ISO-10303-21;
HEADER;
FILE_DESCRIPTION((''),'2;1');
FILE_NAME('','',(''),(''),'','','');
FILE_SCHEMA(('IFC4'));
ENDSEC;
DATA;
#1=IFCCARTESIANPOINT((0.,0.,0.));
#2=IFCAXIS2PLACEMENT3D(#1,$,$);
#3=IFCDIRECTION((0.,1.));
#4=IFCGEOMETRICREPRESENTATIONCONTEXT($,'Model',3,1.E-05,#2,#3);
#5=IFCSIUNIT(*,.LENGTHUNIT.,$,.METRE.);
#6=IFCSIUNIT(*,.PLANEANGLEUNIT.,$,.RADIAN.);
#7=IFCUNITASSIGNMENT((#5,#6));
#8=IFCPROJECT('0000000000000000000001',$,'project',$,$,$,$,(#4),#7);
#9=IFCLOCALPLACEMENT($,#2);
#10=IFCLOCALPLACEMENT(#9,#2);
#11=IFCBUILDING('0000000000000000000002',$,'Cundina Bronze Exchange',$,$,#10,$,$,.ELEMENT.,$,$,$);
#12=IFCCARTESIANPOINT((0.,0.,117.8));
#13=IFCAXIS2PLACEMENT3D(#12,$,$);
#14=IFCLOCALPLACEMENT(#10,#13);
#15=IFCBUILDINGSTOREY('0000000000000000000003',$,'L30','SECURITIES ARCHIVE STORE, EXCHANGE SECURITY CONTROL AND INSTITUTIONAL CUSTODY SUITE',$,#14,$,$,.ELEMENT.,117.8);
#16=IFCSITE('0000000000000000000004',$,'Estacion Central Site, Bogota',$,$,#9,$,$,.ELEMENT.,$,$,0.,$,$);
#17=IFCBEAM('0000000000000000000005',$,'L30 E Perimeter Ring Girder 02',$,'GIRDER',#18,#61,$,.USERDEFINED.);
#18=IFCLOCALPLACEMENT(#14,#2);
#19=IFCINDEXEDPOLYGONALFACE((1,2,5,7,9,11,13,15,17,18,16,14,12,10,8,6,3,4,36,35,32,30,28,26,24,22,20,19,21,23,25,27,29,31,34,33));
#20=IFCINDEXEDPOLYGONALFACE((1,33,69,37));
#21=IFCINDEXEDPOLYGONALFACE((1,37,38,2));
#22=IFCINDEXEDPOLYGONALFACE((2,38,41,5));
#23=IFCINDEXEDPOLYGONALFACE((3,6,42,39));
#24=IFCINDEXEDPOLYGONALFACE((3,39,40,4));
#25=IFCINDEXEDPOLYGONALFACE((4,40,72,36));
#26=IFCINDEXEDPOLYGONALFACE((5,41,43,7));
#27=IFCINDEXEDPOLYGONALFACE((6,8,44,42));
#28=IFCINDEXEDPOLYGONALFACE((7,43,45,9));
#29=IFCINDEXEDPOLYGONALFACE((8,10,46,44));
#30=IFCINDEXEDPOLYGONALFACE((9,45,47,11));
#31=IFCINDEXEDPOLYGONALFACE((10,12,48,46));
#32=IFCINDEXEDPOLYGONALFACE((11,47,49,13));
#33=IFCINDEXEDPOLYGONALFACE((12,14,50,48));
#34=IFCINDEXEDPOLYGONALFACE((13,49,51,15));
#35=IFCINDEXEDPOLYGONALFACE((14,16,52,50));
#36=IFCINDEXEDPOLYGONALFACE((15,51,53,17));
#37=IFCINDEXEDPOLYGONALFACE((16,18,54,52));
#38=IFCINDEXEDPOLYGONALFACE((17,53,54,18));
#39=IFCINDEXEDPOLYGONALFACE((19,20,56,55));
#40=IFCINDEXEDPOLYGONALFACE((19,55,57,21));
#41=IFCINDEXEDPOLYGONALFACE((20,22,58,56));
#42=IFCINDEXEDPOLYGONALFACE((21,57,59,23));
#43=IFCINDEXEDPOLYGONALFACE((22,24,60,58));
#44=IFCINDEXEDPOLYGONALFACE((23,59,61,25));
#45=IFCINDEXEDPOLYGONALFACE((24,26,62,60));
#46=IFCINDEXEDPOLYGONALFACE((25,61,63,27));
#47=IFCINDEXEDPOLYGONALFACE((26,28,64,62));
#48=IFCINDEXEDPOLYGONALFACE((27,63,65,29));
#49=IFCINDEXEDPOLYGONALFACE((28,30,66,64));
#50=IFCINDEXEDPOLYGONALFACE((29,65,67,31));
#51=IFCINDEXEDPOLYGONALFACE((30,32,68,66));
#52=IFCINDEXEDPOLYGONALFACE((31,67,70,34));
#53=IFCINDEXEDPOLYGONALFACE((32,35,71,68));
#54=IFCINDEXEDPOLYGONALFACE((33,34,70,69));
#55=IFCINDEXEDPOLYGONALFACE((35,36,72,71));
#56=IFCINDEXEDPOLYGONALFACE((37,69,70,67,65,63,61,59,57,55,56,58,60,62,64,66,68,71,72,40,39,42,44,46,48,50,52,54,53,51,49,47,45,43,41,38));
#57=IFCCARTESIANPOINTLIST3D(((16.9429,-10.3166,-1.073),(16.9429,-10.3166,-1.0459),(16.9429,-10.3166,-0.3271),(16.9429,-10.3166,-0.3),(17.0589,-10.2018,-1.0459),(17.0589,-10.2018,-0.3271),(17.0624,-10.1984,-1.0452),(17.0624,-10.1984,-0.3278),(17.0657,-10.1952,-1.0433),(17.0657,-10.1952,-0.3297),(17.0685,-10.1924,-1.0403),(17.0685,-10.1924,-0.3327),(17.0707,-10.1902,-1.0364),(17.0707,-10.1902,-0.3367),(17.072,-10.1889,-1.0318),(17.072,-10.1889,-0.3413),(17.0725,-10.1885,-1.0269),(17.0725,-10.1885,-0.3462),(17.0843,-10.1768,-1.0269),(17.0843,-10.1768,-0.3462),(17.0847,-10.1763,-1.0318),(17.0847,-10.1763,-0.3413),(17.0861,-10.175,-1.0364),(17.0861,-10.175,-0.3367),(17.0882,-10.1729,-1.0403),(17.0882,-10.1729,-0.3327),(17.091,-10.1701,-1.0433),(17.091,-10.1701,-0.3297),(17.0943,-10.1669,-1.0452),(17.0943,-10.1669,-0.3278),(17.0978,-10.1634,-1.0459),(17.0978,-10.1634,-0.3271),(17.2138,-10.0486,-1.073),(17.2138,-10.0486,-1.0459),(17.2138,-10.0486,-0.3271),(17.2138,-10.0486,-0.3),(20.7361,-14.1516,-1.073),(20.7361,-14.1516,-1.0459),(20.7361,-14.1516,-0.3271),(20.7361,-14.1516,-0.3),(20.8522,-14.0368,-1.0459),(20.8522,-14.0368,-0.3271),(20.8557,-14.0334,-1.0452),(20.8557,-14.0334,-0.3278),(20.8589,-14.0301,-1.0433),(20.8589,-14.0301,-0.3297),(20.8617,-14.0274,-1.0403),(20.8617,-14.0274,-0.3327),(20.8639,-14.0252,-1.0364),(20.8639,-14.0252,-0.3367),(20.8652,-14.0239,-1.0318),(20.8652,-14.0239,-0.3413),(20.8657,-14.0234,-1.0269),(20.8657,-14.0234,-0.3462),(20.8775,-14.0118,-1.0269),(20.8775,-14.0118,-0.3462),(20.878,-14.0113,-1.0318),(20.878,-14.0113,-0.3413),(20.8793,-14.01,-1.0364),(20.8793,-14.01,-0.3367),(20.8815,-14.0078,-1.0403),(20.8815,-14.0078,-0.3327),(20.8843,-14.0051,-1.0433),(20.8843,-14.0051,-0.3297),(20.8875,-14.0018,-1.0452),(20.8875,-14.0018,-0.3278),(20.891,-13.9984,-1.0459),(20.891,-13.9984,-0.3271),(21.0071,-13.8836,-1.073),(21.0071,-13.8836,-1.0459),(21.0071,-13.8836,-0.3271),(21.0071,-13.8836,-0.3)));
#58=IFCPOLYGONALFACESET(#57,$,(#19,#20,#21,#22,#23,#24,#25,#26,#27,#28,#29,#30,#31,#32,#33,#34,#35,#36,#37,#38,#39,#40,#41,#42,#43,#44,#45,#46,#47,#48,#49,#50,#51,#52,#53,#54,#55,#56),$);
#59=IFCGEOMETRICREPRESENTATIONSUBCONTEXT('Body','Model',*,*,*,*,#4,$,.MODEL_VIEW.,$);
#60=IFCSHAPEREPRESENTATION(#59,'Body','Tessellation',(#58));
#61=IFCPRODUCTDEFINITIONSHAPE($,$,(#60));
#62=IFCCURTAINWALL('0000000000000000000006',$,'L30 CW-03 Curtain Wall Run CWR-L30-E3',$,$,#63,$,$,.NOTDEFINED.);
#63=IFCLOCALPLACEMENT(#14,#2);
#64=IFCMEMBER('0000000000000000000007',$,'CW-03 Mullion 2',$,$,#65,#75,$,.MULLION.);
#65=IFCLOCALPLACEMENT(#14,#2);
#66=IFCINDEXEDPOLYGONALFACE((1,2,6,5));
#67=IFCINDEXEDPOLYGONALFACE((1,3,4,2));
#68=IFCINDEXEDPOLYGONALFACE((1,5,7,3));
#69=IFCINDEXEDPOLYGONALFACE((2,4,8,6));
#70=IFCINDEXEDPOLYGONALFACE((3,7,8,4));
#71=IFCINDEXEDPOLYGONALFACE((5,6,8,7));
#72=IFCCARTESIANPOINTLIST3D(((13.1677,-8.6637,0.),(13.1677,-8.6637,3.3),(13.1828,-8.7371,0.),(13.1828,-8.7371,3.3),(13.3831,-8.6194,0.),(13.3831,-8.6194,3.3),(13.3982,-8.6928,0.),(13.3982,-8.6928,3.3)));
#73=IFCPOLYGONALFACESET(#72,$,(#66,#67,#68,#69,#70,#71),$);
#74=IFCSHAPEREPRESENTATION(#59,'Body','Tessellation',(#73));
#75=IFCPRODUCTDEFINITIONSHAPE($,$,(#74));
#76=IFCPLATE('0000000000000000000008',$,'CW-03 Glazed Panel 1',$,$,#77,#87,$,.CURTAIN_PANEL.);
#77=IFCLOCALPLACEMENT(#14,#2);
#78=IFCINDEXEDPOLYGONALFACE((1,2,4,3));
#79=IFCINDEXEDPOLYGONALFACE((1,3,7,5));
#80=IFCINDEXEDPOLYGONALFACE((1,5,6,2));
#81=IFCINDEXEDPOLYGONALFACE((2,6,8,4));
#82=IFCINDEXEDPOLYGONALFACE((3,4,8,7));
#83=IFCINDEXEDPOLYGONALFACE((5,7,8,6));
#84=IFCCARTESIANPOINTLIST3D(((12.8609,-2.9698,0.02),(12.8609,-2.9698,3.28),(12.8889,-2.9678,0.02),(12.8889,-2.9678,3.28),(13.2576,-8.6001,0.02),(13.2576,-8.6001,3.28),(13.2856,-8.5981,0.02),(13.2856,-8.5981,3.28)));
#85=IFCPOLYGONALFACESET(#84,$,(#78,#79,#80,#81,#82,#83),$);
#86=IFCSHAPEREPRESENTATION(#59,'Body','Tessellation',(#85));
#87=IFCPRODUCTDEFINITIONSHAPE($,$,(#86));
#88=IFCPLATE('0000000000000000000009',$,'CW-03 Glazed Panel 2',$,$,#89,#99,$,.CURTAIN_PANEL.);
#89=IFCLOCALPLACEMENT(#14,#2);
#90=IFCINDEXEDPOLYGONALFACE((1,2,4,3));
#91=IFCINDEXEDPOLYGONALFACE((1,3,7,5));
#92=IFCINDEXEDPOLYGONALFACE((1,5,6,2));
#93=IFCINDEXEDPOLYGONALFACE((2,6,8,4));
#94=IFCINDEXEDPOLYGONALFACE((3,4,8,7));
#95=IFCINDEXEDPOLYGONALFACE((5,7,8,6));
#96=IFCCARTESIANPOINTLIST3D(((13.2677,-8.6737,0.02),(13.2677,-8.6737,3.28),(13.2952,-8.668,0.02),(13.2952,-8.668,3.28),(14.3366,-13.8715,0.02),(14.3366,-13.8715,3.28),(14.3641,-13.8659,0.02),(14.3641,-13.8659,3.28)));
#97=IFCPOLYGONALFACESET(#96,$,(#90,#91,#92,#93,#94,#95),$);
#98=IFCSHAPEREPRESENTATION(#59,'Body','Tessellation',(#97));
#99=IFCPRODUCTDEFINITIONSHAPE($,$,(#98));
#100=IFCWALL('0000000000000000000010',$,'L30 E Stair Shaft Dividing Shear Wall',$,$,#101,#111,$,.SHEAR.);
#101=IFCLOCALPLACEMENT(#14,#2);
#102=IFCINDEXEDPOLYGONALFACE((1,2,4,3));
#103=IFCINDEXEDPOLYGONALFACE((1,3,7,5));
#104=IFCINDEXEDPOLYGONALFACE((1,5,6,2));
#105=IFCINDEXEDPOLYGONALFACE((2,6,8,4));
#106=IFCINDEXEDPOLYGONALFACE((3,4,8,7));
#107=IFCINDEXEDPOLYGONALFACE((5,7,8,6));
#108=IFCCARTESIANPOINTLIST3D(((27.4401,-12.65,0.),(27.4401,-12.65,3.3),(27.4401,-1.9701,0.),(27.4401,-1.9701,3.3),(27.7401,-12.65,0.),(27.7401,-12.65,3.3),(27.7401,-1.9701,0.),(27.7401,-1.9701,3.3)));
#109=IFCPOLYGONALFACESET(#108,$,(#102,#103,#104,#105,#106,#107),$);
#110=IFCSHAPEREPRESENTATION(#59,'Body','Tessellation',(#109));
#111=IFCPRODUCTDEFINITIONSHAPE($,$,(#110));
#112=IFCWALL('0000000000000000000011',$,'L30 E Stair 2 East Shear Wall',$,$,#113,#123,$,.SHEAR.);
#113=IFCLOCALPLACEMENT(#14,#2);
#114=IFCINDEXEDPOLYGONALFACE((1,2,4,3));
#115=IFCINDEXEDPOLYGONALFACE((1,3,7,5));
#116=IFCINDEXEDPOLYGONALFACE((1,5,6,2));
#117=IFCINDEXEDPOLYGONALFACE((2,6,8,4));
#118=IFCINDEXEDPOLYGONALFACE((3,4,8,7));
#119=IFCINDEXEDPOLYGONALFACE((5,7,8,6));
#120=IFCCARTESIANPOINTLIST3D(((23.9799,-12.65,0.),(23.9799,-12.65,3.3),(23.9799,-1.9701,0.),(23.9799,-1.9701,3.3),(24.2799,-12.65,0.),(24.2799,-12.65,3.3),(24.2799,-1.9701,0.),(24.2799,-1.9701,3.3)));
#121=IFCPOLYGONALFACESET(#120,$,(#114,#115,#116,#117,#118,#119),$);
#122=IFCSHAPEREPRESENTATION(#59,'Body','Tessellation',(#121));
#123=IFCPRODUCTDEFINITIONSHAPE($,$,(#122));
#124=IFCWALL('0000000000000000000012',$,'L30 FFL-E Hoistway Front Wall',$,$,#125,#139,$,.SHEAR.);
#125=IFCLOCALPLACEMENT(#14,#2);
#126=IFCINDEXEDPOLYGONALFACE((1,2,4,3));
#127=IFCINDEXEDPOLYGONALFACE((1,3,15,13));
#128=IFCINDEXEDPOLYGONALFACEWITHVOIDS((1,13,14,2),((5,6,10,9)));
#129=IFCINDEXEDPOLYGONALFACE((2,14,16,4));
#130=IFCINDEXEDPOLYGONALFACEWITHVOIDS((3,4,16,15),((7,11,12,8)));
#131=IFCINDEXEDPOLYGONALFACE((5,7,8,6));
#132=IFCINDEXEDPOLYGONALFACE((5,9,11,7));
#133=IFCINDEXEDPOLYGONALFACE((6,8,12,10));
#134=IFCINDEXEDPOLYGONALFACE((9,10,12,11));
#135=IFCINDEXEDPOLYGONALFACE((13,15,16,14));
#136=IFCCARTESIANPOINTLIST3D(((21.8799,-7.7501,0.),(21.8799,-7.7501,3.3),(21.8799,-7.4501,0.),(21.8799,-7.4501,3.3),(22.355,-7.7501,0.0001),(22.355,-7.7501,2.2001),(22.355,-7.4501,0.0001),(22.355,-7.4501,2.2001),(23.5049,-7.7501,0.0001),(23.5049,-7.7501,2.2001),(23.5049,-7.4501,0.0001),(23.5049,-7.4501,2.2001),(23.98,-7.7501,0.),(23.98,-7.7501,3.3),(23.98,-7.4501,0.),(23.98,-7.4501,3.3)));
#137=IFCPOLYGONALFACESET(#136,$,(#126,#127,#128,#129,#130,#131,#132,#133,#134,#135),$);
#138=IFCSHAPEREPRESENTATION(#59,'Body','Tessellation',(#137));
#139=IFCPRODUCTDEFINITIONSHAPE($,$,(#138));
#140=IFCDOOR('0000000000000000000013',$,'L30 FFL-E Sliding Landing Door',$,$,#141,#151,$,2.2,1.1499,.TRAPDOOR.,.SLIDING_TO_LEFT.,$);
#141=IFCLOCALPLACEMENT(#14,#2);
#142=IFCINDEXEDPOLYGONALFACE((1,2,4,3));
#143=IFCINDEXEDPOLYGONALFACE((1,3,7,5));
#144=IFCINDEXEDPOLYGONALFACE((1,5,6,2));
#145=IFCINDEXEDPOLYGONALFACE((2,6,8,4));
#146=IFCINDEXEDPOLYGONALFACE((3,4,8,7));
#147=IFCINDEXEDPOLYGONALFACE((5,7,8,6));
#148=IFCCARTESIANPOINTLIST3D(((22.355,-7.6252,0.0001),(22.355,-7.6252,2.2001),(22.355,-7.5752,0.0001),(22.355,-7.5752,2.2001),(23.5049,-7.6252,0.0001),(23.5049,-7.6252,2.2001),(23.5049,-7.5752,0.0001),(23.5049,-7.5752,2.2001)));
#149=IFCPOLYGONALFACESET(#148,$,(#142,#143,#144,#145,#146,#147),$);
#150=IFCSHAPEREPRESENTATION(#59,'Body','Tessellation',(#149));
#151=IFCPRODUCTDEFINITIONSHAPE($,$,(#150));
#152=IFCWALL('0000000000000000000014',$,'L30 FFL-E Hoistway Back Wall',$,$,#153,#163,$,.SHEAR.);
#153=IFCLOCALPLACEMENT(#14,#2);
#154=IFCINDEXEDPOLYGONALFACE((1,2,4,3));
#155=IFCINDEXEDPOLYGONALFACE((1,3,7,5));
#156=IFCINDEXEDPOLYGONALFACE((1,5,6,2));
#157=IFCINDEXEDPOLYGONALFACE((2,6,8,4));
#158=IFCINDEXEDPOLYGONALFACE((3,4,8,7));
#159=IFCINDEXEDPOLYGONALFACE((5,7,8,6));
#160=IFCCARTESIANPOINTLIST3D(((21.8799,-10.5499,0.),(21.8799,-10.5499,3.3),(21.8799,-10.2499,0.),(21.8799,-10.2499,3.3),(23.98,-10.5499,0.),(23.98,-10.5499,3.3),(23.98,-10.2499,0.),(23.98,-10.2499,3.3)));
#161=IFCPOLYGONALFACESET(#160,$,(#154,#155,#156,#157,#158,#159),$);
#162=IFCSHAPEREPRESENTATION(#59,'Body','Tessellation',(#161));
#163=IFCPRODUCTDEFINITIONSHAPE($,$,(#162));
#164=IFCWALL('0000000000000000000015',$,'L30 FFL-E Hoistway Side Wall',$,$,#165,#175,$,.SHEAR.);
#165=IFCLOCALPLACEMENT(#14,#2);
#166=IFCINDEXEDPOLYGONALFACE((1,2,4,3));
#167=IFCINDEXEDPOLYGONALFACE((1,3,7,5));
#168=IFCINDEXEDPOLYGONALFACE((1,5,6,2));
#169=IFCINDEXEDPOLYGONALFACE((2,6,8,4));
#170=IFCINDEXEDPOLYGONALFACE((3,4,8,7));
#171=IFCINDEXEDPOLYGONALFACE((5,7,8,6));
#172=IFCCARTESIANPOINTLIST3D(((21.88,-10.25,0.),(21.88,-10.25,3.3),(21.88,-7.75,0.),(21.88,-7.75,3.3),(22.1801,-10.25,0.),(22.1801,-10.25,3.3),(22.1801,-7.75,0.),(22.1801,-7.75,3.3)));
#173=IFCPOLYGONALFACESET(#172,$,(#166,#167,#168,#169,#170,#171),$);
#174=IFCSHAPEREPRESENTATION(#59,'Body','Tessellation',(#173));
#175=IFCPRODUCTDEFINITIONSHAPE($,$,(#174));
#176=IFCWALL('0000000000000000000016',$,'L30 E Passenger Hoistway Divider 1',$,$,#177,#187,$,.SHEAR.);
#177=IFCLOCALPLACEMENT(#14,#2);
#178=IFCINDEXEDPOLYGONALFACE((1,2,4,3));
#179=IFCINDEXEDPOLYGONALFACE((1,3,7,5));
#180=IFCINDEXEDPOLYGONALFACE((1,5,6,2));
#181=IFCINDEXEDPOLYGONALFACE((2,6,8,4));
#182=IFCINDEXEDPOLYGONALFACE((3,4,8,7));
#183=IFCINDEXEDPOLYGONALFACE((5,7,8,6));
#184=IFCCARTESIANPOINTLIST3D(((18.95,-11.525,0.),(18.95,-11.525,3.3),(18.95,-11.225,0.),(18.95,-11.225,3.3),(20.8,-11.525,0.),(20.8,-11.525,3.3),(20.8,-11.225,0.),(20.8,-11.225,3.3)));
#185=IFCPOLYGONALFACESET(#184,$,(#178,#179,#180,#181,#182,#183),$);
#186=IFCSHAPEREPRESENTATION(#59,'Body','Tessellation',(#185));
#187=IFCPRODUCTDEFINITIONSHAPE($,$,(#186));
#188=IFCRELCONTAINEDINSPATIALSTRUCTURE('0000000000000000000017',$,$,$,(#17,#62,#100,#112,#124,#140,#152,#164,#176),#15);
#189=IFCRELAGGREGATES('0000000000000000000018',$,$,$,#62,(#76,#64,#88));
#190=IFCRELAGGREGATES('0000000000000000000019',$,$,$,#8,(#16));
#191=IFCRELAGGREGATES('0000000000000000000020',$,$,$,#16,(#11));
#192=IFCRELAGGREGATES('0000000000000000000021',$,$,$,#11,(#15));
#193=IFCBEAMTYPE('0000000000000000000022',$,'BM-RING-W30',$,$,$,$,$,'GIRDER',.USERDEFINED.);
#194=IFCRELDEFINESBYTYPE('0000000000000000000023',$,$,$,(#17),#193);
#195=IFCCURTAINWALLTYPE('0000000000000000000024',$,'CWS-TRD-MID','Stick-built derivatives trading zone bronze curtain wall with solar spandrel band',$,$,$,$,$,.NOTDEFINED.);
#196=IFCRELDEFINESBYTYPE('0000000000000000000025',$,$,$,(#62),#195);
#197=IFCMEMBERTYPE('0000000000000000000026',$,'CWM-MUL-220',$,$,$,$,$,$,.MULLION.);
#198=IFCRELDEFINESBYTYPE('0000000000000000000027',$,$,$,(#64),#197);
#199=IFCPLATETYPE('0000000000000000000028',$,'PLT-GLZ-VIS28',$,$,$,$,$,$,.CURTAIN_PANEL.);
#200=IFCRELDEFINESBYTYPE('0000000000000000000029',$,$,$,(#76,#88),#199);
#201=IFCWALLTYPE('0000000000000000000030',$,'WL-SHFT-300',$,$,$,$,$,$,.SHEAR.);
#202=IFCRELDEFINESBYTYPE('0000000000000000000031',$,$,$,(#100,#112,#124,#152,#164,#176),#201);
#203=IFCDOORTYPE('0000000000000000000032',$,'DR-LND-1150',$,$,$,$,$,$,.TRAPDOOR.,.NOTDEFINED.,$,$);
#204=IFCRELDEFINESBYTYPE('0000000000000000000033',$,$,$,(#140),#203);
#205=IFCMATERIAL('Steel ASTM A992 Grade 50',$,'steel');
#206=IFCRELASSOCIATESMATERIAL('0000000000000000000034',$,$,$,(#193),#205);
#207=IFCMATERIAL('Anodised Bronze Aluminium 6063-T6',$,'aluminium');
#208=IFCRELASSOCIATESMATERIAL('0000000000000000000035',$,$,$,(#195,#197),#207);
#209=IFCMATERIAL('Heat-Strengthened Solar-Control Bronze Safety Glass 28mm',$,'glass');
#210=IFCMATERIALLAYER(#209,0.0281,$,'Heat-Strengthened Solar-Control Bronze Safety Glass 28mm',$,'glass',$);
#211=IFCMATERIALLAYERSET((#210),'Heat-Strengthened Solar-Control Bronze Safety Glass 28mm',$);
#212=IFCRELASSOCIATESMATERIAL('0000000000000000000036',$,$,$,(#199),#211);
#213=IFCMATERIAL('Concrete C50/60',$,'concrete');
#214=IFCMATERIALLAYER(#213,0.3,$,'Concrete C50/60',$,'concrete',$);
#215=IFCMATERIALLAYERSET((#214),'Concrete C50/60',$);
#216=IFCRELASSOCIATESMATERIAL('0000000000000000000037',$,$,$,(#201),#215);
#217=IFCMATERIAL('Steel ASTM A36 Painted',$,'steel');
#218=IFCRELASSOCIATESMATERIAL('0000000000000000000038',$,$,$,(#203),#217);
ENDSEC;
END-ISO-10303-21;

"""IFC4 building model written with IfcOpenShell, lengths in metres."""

from ifc_helpers import new_model, si_unit, direction, frame, frame_2d, origin, origin_2d, place, context, subcontext, project, spatial, rectangle, i_section, extrude, material, layer, layer_set, material_profile, profile_set, type_object, element, fill, aggregate, save


model = new_model("IFC4")

# Units and contexts
model_context = context("Model", 3, precision=1e-05, world=origin(), true_north=direction((0.0, 1.0)))
body_context = subcontext(model_context, "Body", "Model", "MODEL_VIEW")
ifc_project = project(units=[si_unit("LENGTHUNIT", "METRE"), si_unit("PLANEANGLEUNIT", "RADIAN")], contexts=[model_context])

# Site, building, storey
site_placement = place(None, origin())
site = spatial("IfcSite", under=ifc_project, at=site_placement, Name="Estacion Central Site, Bogota", CompositionType="ELEMENT", RefElevation=0.0)
building_placement = place(site_placement, origin())
building = spatial("IfcBuilding", under=site, at=building_placement, Name="Cundina Bronze Exchange", CompositionType="ELEMENT")
storey_placement = place(building_placement, frame((0.0, 0.0, 117.8)))
storey = spatial("IfcBuildingStorey", under=building, at=storey_placement, Name="L30", Description="SECURITIES ARCHIVE STORE, EXCHANGE SECURITY CONTROL AND INSTITUTIONAL CUSTODY SUITE", CompositionType="ELEMENT", Elevation=117.8)

# Beam
ifc_material_1 = material(Name="Steel ASTM A992 Grade 50", Category="steel")
ifc_material_profile_1 = material_profile(ifc_material_1, i_section(OverallWidth=0.3811, OverallDepth=0.7729, WebThickness=0.0166, FlangeThickness=0.0271, FilletRadius=0.019, at=origin_2d()), Name="W30X173", Category="steel")
ifc_profile_set_1 = profile_set([ifc_material_profile_1], Name="Steel ASTM A992 Grade 50")
beam_type_1 = type_object("IfcBeamType", Name="BM-RING-W30", ElementType="GIRDER", PredefinedType="USERDEFINED", material=ifc_profile_set_1)
beam_1_placement = place(storey_placement, frame((17.0784, -10.1826, -0.6865), z_axis=(0.703226, -0.710966, 0.0), x_axis=(0.710966, 0.703226, 0.0)))
element("IfcBeam", 1, at=beam_1_placement, inside=storey, type_object=beam_type_1, Name="L30 E Perimeter Ring Girder 02", ObjectType="GIRDER", PredefinedType="USERDEFINED", context=body_context, shape_type="SweptSolid", body=[
    extrude(i_section(OverallWidth=0.3811, OverallDepth=0.7729, WebThickness=0.0166, FlangeThickness=0.0271, FilletRadius=0.019, at=origin_2d()), origin(), (0.0, 0.0, 1.0), 5.394),
])

# Curtain wall, member, plates
ifc_material_2 = material(Name="Anodised Bronze Aluminium 6063-T6", Category="aluminium")
curtain_wall_type = type_object("IfcCurtainWallType", Name="CWS-TRD-MID", Description="Stick-built derivatives trading zone bronze curtain wall with solar spandrel band", PredefinedType="NOTDEFINED", material=ifc_material_2)
curtain_wall_placement = place(storey_placement, origin())
curtain_wall = element("IfcCurtainWall", 2, at=curtain_wall_placement, inside=storey, type_object=curtain_wall_type, Name="L30 CW-03 Curtain Wall Run CWR-L30-E3", PredefinedType="NOTDEFINED")
ifc_material_profile_2 = material_profile(ifc_material_2, rectangle(XDim=0.075, YDim=0.22, at=origin_2d()), Name="AL75X220", Category="aluminium")
ifc_profile_set_2 = profile_set([ifc_material_profile_2], Name="Anodised Bronze Aluminium 6063-T6")
member_type = type_object("IfcMemberType", Name="CWM-MUL-220", PredefinedType="MULLION", material=ifc_profile_set_2)
member_placement = place(storey_placement, frame((13.283, -8.6782, 0.0), z_axis=(0.0, 0.0, 1.0), x_axis=(0.20142, -0.979505, 0.0)))
member = element("IfcMember", 3, at=member_placement, type_object=member_type, Name="CW-03 Mullion 2", PredefinedType="MULLION", context=body_context, shape_type="SweptSolid", body=[
    extrude(rectangle(XDim=0.075, YDim=0.22, at=origin_2d()), origin(), (0.0, 0.0, 1.0), 3.3),
])
ifc_material_3 = material(Name="Heat-Strengthened Solar-Control Bronze Safety Glass 28mm", Category="glass")
ifc_layer_1 = layer(ifc_material_3, 0.0281, Name="Heat-Strengthened Solar-Control Bronze Safety Glass 28mm", Category="glass")
ifc_layer_set_1 = layer_set([ifc_layer_1], Name="Heat-Strengthened Solar-Control Bronze Safety Glass 28mm")
plate_type = type_object("IfcPlateType", Name="PLT-GLZ-VIS28", PredefinedType="CURTAIN_PANEL", material=ifc_layer_set_1)
plate_1_placement = place(storey_placement, frame((13.0732, -5.7839, 0.02), z_axis=(0.0, 0.0, 1.0), x_axis=(0.070279, -0.997527, 0.0)))
plate_1 = element("IfcPlate", 4, at=plate_1_placement, type_object=plate_type, Name="CW-03 Glazed Panel 1", PredefinedType="CURTAIN_PANEL", context=body_context, shape_type="SweptSolid", body=[
    extrude(rectangle(XDim=5.6443, YDim=0.0281, at=origin_2d()), origin(), (0.0, 0.0, 1.0), 3.26),
])
plate_2_placement = place(storey_placement, frame((13.8159, -11.2698, 0.02), z_axis=(0.0, 0.0, 1.0), x_axis=(0.20142, -0.979505, 0.0)))
plate_2 = element("IfcPlate", 5, at=plate_2_placement, type_object=plate_type, Name="CW-03 Glazed Panel 2", PredefinedType="CURTAIN_PANEL", context=body_context, shape_type="SweptSolid", body=[
    extrude(rectangle(XDim=5.3066, YDim=0.0281, at=origin_2d()), origin(), (0.0, 0.0, 1.0), 3.26),
])
aggregate(curtain_wall, [plate_1, member, plate_2])

# Walls
ifc_material_4 = material(Name="Concrete C50/60", Category="concrete")
ifc_layer_2 = layer(ifc_material_4, 0.3, Name="Concrete C50/60", Category="concrete")
ifc_layer_set_2 = layer_set([ifc_layer_2], Name="Concrete C50/60")
wall_type_1 = type_object("IfcWallType", Name="WL-SHFT-300", PredefinedType="SHEAR", material=ifc_layer_set_2)
for number, where, z_axis, x_axis, name in (
    (6, (27.5901, -12.6499, 0.0), (0.0, 0.0, 1.0), (0.0, 1.0, 0.0), "L30 E Stair Shaft Dividing Shear Wall"),
    (7, (24.1299, -12.6499, 0.0), (0.0, 0.0, 1.0), (0.0, 1.0, 0.0), "L30 E Stair 2 East Shear Wall"),
):
    element("IfcWall", number, at=place(storey_placement, frame(where, z_axis=z_axis, x_axis=x_axis)), inside=storey, type_object=wall_type_1, Name=name, PredefinedType="SHEAR", context=body_context, shape_type="SweptSolid", body=[
        extrude(rectangle(XDim=10.6799, YDim=0.3, at=frame_2d((5.3398, 0.0))), origin(), (0.0, 0.0, 1.0), 3.3),
    ])

# Wall, opening, door
ifc_material_5 = material(Name="Steel ASTM A36 Painted", Category="steel")
wall_1_placement = place(storey_placement, frame((21.8799, -7.6001, 0.0), z_axis=(0.0, 0.0, 1.0), x_axis=(1.0, 0.0, 0.0)))
wall_1 = element("IfcWall", 8, at=wall_1_placement, inside=storey, type_object=wall_type_1, Name="L30 FFL-E Hoistway Front Wall", PredefinedType="SHEAR", context=body_context, shape_type="SweptSolid", body=[
    extrude(rectangle(XDim=2.1001, YDim=0.3, at=frame_2d((1.05, 0.0))), origin(), (0.0, 0.0, 1.0), 3.3),
])
opening_1_placement = place(wall_1_placement, frame((0.4751, 0.0, 0.0)))
opening_1 = element("IfcOpeningElement", 9, at=opening_1_placement, cuts=wall_1, PredefinedType="OPENING", context=body_context, shape_type="SweptSolid", body=[
    extrude(rectangle(XDim=1.1499, YDim=2.2, at=frame_2d((0.575, 1.1001))), frame((0.0, 0.1599, 0.0), z_axis=(0.0, -1.0, 0.0), x_axis=(1.0, 0.0, 0.0)), (0.0, 0.0, 1.0), 0.3201),
])
door_type_1 = type_object("IfcDoorType", Name="DR-LND-1150", OperationType="NOTDEFINED", PredefinedType="TRAPDOOR", material=ifc_material_5)
door_1_placement = place(opening_1_placement, origin())
door_1 = element("IfcDoor", 10, at=door_1_placement, inside=storey, type_object=door_type_1, Name="L30 FFL-E Sliding Landing Door", OperationType="SLIDING_TO_LEFT", OverallHeight=2.2, OverallWidth=1.1499, PredefinedType="TRAPDOOR", context=body_context, shape_type="SweptSolid", body=[
    extrude(rectangle(XDim=1.1499, YDim=2.2, at=frame_2d((0.575, 1.1001))), frame((0.0, 0.0249, 0.0), z_axis=(0.0, -1.0, 0.0), x_axis=(1.0, 0.0, 0.0)), (0.0, 0.0, 1.0), 0.05),
])
fill(opening_1, door_1)

# Walls
wall_2_placement = place(storey_placement, frame((21.8799, -10.3999, 0.0), z_axis=(0.0, 0.0, 1.0), x_axis=(1.0, 0.0, 0.0)))
element("IfcWall", 11, at=wall_2_placement, inside=storey, type_object=wall_type_1, Name="L30 FFL-E Hoistway Back Wall", PredefinedType="SHEAR", context=body_context, shape_type="SweptSolid", body=[
    extrude(rectangle(XDim=2.1001, YDim=0.3, at=frame_2d((1.05, 0.0))), origin(), (0.0, 0.0, 1.0), 3.3),
])
wall_3_placement = place(storey_placement, frame((22.03, -10.25, 0.0), z_axis=(0.0, 0.0, 1.0), x_axis=(0.0, 1.0, 0.0)))
element("IfcWall", 12, at=wall_3_placement, inside=storey, type_object=wall_type_1, Name="L30 FFL-E Hoistway Side Wall", PredefinedType="SHEAR", context=body_context, shape_type="SweptSolid", body=[
    extrude(rectangle(XDim=2.5, YDim=0.3, at=frame_2d((1.25, 0.0))), origin(), (0.0, 0.0, 1.0), 3.3),
])
for number, where, z_axis, x_axis, name in (
    (13, (18.95, -11.375, 0.0), (0.0, 0.0, 1.0), (1.0, 0.0, 0.0), "L30 E Passenger Hoistway Divider 1"),
):
    element("IfcWall", number, at=place(storey_placement, frame(where, z_axis=z_axis, x_axis=x_axis)), inside=storey, type_object=wall_type_1, Name=name, PredefinedType="SHEAR", context=body_context, shape_type="SweptSolid", body=[
        extrude(rectangle(XDim=1.8501, YDim=0.3, at=frame_2d((0.925, 0.0))), origin(), (0.0, 0.0, 1.0), 3.3),
    ])

save(model, "model.ifc")
